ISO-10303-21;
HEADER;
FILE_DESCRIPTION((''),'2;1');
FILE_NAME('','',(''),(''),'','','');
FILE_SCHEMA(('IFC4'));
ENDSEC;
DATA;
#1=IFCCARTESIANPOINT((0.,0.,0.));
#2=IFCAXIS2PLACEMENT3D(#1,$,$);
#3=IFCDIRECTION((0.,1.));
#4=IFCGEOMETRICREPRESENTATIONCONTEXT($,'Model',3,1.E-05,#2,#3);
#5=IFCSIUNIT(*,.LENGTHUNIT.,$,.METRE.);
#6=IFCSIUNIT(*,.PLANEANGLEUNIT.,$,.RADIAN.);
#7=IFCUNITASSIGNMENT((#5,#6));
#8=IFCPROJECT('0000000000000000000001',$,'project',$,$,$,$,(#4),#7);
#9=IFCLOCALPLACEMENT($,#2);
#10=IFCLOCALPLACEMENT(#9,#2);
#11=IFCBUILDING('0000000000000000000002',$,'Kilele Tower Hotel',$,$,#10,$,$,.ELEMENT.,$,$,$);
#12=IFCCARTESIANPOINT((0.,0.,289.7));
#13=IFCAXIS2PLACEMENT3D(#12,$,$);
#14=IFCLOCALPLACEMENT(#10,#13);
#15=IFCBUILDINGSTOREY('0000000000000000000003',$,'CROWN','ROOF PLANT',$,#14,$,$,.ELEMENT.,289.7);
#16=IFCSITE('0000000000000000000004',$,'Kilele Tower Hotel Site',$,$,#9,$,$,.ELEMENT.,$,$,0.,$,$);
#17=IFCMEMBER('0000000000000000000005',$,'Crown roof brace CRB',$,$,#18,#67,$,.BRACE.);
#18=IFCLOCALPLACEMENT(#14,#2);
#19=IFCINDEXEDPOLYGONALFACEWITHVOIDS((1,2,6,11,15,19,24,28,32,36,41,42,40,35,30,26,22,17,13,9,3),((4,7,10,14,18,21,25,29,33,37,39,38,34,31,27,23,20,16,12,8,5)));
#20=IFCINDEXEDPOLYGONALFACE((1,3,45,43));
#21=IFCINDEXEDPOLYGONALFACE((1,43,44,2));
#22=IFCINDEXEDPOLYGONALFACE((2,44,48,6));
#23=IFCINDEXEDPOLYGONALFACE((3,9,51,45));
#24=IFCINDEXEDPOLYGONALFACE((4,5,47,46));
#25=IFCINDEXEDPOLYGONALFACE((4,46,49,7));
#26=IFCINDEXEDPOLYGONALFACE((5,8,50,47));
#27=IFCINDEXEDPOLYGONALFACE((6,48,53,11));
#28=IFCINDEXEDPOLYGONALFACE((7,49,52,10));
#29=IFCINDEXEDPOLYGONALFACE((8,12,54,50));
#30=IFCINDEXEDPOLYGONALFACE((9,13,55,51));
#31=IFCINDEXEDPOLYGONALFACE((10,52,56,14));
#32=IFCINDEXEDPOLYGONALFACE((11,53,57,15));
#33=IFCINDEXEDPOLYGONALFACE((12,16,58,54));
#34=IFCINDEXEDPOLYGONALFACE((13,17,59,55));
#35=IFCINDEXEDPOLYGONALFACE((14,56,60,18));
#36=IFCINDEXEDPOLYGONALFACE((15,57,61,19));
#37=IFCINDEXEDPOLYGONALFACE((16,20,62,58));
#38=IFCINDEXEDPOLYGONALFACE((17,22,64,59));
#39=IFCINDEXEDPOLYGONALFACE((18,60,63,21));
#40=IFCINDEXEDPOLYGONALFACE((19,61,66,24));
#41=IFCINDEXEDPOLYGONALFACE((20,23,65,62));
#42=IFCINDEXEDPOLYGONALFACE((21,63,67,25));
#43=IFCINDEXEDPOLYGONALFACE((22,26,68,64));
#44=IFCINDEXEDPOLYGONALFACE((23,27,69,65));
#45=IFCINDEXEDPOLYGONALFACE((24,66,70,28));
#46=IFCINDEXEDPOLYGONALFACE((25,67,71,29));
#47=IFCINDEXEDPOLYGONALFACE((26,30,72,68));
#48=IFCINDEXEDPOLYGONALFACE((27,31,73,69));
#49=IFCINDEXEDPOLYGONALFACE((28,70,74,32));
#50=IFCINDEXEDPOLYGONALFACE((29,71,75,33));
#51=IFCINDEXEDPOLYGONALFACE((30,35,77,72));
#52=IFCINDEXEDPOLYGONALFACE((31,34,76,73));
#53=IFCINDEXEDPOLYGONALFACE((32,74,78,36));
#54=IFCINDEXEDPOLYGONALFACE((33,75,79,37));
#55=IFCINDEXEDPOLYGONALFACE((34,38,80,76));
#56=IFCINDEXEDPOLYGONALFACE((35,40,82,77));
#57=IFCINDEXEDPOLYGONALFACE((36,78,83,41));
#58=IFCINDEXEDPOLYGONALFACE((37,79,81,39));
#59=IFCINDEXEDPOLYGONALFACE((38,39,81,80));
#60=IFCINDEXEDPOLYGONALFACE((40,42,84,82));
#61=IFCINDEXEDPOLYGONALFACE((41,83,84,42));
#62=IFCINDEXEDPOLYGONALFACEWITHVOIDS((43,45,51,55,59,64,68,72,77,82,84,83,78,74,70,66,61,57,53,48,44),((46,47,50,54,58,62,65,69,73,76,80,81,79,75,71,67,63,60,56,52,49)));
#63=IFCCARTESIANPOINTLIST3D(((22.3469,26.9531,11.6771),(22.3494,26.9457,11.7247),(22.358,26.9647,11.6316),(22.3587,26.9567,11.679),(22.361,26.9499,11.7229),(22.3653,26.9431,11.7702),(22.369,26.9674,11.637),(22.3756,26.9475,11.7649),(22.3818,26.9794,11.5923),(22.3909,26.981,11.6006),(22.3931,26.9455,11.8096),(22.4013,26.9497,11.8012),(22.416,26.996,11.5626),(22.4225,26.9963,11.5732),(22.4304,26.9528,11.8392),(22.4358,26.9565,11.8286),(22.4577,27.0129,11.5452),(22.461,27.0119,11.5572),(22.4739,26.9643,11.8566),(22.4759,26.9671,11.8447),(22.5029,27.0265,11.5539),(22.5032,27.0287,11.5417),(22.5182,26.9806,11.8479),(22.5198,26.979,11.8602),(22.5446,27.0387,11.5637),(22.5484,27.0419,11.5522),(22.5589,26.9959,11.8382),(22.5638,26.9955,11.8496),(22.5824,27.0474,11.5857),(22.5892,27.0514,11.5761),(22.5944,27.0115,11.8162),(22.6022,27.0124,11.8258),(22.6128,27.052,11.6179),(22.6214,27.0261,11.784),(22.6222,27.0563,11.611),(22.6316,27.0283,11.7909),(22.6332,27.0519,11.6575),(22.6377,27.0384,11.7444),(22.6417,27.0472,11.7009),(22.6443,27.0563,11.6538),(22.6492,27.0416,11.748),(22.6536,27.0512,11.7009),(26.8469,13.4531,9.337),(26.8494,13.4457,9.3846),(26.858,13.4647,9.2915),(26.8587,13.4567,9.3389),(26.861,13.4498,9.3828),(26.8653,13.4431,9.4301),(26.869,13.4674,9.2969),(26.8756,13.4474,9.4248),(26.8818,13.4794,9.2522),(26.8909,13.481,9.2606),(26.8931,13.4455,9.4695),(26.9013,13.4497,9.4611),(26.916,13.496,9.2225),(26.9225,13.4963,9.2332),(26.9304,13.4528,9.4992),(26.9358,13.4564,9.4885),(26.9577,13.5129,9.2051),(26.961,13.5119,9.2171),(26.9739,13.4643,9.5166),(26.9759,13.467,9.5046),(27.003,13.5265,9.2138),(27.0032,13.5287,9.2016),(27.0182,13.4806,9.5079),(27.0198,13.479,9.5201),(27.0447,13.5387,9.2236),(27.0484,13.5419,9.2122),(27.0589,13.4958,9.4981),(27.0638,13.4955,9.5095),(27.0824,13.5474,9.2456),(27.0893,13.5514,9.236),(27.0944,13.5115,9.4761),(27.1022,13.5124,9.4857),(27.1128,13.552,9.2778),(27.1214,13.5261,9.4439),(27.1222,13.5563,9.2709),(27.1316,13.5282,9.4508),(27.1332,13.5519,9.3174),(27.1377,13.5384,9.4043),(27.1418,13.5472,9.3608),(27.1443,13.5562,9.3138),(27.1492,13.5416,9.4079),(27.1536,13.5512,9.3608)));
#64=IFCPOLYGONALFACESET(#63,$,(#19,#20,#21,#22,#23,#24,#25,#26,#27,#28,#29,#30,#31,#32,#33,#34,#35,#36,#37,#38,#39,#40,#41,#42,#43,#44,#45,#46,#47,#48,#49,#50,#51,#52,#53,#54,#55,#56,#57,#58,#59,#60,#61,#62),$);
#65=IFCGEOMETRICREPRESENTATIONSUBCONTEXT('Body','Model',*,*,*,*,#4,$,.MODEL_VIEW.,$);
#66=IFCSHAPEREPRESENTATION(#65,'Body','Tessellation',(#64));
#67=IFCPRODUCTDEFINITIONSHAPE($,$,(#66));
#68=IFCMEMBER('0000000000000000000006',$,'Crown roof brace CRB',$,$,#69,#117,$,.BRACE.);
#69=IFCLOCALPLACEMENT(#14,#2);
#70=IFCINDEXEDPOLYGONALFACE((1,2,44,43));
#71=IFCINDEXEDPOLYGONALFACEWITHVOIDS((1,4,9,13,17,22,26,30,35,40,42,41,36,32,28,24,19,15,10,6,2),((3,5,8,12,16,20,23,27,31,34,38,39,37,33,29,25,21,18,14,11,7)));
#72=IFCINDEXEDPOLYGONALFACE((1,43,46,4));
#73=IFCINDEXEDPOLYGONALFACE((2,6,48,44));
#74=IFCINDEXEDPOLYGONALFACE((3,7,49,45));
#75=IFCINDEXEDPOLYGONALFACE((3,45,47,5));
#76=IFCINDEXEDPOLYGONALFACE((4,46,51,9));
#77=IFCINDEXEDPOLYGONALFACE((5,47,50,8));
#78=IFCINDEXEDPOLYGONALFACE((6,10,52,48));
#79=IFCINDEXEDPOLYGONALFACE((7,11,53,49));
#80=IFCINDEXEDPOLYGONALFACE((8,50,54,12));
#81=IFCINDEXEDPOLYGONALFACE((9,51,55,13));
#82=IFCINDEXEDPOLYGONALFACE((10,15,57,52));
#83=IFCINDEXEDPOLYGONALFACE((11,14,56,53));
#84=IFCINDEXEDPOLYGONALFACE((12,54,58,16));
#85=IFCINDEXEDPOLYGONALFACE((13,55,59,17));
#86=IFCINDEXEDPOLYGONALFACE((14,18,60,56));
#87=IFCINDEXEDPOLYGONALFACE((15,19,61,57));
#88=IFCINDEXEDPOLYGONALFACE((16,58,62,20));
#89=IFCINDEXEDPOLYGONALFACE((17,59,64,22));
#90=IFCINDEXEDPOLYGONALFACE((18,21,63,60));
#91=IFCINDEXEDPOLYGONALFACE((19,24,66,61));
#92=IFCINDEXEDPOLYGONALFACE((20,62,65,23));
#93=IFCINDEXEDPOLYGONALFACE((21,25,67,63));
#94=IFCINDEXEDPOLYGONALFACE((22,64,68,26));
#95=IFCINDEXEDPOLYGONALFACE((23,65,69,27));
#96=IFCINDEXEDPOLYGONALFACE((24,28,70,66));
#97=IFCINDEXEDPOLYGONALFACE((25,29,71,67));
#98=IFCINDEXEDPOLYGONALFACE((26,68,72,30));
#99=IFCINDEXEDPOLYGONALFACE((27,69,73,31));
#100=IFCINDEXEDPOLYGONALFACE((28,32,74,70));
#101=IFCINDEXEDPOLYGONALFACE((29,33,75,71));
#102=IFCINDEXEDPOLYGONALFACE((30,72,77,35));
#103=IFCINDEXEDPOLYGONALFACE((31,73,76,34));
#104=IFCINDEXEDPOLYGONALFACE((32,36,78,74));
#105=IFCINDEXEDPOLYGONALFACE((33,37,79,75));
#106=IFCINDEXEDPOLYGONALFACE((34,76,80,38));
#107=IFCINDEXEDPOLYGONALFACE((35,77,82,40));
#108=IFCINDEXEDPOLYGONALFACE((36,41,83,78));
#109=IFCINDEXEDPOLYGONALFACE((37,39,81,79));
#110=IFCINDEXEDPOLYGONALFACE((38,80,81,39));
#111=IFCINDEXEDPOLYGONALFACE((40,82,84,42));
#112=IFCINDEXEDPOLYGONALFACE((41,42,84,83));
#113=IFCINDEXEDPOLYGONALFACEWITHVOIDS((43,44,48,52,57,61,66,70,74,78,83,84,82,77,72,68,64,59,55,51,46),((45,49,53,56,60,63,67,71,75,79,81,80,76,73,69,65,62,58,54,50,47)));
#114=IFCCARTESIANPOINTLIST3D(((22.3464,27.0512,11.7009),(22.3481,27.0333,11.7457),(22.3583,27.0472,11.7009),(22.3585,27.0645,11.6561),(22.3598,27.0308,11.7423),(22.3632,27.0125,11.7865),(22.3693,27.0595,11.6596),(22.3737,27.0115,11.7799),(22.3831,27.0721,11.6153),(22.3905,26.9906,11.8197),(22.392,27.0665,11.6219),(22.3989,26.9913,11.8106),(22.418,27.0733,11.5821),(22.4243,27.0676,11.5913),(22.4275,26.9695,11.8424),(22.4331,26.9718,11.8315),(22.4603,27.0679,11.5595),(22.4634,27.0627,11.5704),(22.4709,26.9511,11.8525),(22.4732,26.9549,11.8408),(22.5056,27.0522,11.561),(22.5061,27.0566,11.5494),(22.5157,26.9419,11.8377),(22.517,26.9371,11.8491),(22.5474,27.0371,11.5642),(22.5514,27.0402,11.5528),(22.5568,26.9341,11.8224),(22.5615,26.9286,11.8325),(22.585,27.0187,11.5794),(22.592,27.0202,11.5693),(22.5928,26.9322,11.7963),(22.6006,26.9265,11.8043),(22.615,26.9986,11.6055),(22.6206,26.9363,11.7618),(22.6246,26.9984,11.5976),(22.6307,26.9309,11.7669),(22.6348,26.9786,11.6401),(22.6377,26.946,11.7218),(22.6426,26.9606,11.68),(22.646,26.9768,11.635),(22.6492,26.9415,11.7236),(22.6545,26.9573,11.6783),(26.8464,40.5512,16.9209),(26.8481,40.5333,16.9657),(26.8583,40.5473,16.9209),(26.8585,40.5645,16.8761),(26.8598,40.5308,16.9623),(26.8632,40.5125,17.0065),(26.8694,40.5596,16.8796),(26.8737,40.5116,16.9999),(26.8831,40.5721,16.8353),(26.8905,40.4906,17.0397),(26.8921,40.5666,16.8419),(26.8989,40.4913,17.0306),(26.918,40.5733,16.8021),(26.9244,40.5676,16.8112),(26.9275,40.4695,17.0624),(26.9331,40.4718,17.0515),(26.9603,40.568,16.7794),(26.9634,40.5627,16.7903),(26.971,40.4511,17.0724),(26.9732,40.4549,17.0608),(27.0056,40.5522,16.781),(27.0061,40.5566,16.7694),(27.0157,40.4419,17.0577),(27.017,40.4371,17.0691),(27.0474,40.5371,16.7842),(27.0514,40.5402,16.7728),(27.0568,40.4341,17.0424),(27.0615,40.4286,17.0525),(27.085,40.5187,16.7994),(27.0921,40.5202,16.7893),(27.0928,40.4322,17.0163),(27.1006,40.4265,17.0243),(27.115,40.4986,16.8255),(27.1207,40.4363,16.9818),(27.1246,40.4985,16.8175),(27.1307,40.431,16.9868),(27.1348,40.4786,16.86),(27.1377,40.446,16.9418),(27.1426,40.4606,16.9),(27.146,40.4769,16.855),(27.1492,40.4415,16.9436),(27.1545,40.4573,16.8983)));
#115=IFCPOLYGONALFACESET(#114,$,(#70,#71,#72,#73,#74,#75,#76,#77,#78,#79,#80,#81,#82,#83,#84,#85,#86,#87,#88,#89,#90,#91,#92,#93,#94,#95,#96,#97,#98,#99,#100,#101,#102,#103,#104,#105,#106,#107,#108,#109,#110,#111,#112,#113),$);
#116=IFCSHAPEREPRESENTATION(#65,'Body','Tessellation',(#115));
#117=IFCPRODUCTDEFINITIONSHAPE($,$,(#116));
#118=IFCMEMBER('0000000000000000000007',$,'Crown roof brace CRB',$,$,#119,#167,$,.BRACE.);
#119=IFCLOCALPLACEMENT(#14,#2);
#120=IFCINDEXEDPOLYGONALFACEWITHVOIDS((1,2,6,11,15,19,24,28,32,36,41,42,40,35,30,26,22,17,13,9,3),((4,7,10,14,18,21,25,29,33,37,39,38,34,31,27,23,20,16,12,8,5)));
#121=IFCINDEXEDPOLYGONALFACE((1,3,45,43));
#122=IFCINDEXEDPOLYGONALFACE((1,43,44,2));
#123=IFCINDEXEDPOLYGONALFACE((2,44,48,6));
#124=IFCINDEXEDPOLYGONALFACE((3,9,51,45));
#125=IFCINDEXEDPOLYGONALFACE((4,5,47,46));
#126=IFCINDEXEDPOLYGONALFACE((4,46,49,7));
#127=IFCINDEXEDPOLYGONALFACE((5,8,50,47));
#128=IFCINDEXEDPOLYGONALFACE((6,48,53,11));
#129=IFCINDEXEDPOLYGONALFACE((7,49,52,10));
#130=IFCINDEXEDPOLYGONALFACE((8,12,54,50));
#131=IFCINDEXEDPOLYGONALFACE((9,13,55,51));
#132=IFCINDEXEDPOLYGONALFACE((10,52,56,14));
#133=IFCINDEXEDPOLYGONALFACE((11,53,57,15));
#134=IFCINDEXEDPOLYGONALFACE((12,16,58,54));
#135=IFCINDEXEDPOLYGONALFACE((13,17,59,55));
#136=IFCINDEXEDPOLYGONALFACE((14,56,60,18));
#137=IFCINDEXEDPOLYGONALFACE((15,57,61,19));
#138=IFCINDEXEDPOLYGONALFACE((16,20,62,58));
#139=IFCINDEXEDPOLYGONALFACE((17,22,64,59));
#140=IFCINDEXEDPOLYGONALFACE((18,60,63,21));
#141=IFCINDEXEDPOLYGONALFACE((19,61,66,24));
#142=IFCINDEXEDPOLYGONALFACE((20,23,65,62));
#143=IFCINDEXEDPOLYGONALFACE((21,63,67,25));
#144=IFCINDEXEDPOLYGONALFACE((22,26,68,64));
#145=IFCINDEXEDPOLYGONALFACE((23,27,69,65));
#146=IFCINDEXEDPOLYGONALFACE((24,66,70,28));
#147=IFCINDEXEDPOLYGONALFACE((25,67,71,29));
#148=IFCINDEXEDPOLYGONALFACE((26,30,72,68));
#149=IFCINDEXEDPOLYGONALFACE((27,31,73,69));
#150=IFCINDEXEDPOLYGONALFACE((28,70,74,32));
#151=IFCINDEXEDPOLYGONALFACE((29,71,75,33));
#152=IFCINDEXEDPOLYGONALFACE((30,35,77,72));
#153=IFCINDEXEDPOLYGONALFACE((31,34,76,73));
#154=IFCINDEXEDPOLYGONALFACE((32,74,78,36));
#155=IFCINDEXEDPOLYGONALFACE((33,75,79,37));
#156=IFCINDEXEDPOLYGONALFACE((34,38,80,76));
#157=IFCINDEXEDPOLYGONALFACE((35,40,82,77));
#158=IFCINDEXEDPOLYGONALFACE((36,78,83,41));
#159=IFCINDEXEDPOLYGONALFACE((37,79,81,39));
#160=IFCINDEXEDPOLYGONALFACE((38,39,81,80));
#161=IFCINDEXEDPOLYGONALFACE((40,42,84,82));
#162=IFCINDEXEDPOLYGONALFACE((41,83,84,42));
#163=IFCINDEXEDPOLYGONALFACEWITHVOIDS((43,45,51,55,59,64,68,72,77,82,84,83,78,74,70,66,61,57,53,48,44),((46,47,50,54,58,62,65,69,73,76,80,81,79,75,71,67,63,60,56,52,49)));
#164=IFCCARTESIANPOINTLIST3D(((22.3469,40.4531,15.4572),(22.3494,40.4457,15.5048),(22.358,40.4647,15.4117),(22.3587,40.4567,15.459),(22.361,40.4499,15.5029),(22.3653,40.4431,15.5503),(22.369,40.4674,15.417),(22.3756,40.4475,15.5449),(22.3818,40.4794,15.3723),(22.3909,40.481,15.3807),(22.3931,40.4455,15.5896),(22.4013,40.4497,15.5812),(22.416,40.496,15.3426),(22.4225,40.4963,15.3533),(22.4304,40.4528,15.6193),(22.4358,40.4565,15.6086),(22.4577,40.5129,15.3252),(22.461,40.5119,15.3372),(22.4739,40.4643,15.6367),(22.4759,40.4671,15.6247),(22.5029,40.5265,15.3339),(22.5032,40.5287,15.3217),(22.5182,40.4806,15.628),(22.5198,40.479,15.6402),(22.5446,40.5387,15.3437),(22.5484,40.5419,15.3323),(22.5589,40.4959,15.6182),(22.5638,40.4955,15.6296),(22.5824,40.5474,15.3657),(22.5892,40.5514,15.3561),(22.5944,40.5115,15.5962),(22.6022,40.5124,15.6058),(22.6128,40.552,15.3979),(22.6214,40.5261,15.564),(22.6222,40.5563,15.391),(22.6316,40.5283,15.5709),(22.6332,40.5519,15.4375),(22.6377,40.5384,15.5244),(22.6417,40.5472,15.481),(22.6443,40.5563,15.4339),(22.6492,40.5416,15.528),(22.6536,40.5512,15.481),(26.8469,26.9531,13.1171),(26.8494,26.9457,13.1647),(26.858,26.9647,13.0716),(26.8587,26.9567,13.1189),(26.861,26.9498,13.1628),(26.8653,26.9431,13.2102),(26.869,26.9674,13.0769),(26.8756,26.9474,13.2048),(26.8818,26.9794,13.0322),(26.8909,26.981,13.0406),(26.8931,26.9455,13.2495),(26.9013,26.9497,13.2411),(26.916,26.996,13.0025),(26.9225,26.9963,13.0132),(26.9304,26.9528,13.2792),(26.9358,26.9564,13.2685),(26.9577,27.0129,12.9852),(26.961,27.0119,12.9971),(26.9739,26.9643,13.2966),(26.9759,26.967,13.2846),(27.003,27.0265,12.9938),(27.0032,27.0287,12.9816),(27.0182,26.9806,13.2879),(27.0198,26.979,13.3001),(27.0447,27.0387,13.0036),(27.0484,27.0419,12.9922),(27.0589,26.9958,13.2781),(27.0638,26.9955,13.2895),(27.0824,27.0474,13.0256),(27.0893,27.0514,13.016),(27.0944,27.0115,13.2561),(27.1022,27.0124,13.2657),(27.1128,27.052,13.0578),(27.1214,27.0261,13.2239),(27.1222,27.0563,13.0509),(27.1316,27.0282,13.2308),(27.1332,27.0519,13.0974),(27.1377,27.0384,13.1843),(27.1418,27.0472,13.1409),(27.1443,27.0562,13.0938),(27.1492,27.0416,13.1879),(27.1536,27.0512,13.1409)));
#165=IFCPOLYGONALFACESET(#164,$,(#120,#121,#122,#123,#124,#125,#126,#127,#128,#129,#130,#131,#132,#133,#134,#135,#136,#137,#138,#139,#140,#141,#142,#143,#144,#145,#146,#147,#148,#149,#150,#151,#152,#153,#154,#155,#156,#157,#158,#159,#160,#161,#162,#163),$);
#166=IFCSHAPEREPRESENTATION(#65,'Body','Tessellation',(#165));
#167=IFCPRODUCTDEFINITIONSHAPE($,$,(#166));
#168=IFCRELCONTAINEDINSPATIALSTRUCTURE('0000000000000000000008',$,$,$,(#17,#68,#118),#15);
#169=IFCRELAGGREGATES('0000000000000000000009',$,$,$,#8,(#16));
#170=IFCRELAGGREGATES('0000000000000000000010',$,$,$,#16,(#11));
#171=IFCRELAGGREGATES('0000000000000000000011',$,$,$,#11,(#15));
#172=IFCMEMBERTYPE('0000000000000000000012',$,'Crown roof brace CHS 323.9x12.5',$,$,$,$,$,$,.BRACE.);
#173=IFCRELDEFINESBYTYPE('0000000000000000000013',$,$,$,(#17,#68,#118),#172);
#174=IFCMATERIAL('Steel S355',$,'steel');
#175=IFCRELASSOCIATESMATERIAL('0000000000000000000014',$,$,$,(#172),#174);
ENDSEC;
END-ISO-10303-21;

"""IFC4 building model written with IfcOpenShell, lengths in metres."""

from ifc_helpers import new_model, si_unit, direction, frame, origin, origin_2d, place, context, subcontext, project, spatial, hollow_circle, extrude, material, material_profile, profile_set, type_object, element, save


model = new_model("IFC4")

# Units and contexts
model_context = context("Model", 3, precision=1e-05, world=origin(), true_north=direction((0.0, 1.0)))
body_context = subcontext(model_context, "Body", "Model", "MODEL_VIEW")
ifc_project = project(units=[si_unit("LENGTHUNIT", "METRE"), si_unit("PLANEANGLEUNIT", "RADIAN")], contexts=[model_context])

# Site, building, storey
site_placement = place(None, origin())
site = spatial("IfcSite", under=ifc_project, at=site_placement, Name="Kilele Tower Hotel Site", CompositionType="ELEMENT", RefElevation=0.0)
building_placement = place(site_placement, origin())
building = spatial("IfcBuilding", under=site, at=building_placement, Name="Kilele Tower Hotel", CompositionType="ELEMENT")
storey_placement = place(building_placement, frame((0.0, 0.0, 289.7)))
storey = spatial("IfcBuildingStorey", under=building, at=storey_placement, Name="CROWN", Description="ROOF PLANT", CompositionType="ELEMENT", Elevation=289.7)

# Members
ifc_material_1 = material(Name="Steel S355", Category="steel")
ifc_material_profile_1 = material_profile(ifc_material_1, hollow_circle(Radius=0.1619, WallThickness=0.0125, at=origin_2d()))
ifc_profile_set_1 = profile_set([ifc_material_profile_1], Name="Steel S355")
member_type = type_object("IfcMemberType", Name="Crown roof brace CHS 323.9x12.5", PredefinedType="BRACE", material=ifc_profile_set_1)
for number, where, z_axis, x_axis, name in (
    (1, (22.5, 27.0, 11.7009), (0.312037, -0.936111, -0.162265), (0.948683, 0.316228, 0.0), "Crown roof brace CRB"),
):
    element("IfcMember", number, at=place(storey_placement, frame(where, z_axis=z_axis, x_axis=x_axis)), inside=storey, type_object=member_type, Name=name, PredefinedType="BRACE", context=body_context, shape_type="SweptSolid", body=[
        extrude(hollow_circle(Radius=0.1619, WallThickness=0.0125, at=origin_2d()), origin(), (0.0, 0.0, 1.0), 14.4214),
    ])
member_placement = place(storey_placement, frame((22.5, 27.0, 11.7009), z_axis=(0.296884, 0.890652, 0.344383), x_axis=(-0.948683, 0.316228, 0.0)))
element("IfcMember", 2, at=member_placement, inside=storey, type_object=member_type, Name="Crown roof brace CRB", PredefinedType="BRACE", context=body_context, shape_type="SweptSolid", body=[
    extrude(hollow_circle(Radius=0.1619, WallThickness=0.0125, at=origin_2d()), origin(), (0.0, 0.0, 1.0), 15.1575),
])
for number, where, z_axis, x_axis, name in (
    (3, (22.5, 40.5, 15.481), (0.312037, -0.936111, -0.162265), (0.948683, 0.316228, 0.0), "Crown roof brace CRB"),
):
    element("IfcMember", number, at=place(storey_placement, frame(where, z_axis=z_axis, x_axis=x_axis)), inside=storey, type_object=member_type, Name=name, PredefinedType="BRACE", context=body_context, shape_type="SweptSolid", body=[
        extrude(hollow_circle(Radius=0.1619, WallThickness=0.0125, at=origin_2d()), origin(), (0.0, 0.0, 1.0), 14.4214),
    ])

save(model, "model.ifc")
